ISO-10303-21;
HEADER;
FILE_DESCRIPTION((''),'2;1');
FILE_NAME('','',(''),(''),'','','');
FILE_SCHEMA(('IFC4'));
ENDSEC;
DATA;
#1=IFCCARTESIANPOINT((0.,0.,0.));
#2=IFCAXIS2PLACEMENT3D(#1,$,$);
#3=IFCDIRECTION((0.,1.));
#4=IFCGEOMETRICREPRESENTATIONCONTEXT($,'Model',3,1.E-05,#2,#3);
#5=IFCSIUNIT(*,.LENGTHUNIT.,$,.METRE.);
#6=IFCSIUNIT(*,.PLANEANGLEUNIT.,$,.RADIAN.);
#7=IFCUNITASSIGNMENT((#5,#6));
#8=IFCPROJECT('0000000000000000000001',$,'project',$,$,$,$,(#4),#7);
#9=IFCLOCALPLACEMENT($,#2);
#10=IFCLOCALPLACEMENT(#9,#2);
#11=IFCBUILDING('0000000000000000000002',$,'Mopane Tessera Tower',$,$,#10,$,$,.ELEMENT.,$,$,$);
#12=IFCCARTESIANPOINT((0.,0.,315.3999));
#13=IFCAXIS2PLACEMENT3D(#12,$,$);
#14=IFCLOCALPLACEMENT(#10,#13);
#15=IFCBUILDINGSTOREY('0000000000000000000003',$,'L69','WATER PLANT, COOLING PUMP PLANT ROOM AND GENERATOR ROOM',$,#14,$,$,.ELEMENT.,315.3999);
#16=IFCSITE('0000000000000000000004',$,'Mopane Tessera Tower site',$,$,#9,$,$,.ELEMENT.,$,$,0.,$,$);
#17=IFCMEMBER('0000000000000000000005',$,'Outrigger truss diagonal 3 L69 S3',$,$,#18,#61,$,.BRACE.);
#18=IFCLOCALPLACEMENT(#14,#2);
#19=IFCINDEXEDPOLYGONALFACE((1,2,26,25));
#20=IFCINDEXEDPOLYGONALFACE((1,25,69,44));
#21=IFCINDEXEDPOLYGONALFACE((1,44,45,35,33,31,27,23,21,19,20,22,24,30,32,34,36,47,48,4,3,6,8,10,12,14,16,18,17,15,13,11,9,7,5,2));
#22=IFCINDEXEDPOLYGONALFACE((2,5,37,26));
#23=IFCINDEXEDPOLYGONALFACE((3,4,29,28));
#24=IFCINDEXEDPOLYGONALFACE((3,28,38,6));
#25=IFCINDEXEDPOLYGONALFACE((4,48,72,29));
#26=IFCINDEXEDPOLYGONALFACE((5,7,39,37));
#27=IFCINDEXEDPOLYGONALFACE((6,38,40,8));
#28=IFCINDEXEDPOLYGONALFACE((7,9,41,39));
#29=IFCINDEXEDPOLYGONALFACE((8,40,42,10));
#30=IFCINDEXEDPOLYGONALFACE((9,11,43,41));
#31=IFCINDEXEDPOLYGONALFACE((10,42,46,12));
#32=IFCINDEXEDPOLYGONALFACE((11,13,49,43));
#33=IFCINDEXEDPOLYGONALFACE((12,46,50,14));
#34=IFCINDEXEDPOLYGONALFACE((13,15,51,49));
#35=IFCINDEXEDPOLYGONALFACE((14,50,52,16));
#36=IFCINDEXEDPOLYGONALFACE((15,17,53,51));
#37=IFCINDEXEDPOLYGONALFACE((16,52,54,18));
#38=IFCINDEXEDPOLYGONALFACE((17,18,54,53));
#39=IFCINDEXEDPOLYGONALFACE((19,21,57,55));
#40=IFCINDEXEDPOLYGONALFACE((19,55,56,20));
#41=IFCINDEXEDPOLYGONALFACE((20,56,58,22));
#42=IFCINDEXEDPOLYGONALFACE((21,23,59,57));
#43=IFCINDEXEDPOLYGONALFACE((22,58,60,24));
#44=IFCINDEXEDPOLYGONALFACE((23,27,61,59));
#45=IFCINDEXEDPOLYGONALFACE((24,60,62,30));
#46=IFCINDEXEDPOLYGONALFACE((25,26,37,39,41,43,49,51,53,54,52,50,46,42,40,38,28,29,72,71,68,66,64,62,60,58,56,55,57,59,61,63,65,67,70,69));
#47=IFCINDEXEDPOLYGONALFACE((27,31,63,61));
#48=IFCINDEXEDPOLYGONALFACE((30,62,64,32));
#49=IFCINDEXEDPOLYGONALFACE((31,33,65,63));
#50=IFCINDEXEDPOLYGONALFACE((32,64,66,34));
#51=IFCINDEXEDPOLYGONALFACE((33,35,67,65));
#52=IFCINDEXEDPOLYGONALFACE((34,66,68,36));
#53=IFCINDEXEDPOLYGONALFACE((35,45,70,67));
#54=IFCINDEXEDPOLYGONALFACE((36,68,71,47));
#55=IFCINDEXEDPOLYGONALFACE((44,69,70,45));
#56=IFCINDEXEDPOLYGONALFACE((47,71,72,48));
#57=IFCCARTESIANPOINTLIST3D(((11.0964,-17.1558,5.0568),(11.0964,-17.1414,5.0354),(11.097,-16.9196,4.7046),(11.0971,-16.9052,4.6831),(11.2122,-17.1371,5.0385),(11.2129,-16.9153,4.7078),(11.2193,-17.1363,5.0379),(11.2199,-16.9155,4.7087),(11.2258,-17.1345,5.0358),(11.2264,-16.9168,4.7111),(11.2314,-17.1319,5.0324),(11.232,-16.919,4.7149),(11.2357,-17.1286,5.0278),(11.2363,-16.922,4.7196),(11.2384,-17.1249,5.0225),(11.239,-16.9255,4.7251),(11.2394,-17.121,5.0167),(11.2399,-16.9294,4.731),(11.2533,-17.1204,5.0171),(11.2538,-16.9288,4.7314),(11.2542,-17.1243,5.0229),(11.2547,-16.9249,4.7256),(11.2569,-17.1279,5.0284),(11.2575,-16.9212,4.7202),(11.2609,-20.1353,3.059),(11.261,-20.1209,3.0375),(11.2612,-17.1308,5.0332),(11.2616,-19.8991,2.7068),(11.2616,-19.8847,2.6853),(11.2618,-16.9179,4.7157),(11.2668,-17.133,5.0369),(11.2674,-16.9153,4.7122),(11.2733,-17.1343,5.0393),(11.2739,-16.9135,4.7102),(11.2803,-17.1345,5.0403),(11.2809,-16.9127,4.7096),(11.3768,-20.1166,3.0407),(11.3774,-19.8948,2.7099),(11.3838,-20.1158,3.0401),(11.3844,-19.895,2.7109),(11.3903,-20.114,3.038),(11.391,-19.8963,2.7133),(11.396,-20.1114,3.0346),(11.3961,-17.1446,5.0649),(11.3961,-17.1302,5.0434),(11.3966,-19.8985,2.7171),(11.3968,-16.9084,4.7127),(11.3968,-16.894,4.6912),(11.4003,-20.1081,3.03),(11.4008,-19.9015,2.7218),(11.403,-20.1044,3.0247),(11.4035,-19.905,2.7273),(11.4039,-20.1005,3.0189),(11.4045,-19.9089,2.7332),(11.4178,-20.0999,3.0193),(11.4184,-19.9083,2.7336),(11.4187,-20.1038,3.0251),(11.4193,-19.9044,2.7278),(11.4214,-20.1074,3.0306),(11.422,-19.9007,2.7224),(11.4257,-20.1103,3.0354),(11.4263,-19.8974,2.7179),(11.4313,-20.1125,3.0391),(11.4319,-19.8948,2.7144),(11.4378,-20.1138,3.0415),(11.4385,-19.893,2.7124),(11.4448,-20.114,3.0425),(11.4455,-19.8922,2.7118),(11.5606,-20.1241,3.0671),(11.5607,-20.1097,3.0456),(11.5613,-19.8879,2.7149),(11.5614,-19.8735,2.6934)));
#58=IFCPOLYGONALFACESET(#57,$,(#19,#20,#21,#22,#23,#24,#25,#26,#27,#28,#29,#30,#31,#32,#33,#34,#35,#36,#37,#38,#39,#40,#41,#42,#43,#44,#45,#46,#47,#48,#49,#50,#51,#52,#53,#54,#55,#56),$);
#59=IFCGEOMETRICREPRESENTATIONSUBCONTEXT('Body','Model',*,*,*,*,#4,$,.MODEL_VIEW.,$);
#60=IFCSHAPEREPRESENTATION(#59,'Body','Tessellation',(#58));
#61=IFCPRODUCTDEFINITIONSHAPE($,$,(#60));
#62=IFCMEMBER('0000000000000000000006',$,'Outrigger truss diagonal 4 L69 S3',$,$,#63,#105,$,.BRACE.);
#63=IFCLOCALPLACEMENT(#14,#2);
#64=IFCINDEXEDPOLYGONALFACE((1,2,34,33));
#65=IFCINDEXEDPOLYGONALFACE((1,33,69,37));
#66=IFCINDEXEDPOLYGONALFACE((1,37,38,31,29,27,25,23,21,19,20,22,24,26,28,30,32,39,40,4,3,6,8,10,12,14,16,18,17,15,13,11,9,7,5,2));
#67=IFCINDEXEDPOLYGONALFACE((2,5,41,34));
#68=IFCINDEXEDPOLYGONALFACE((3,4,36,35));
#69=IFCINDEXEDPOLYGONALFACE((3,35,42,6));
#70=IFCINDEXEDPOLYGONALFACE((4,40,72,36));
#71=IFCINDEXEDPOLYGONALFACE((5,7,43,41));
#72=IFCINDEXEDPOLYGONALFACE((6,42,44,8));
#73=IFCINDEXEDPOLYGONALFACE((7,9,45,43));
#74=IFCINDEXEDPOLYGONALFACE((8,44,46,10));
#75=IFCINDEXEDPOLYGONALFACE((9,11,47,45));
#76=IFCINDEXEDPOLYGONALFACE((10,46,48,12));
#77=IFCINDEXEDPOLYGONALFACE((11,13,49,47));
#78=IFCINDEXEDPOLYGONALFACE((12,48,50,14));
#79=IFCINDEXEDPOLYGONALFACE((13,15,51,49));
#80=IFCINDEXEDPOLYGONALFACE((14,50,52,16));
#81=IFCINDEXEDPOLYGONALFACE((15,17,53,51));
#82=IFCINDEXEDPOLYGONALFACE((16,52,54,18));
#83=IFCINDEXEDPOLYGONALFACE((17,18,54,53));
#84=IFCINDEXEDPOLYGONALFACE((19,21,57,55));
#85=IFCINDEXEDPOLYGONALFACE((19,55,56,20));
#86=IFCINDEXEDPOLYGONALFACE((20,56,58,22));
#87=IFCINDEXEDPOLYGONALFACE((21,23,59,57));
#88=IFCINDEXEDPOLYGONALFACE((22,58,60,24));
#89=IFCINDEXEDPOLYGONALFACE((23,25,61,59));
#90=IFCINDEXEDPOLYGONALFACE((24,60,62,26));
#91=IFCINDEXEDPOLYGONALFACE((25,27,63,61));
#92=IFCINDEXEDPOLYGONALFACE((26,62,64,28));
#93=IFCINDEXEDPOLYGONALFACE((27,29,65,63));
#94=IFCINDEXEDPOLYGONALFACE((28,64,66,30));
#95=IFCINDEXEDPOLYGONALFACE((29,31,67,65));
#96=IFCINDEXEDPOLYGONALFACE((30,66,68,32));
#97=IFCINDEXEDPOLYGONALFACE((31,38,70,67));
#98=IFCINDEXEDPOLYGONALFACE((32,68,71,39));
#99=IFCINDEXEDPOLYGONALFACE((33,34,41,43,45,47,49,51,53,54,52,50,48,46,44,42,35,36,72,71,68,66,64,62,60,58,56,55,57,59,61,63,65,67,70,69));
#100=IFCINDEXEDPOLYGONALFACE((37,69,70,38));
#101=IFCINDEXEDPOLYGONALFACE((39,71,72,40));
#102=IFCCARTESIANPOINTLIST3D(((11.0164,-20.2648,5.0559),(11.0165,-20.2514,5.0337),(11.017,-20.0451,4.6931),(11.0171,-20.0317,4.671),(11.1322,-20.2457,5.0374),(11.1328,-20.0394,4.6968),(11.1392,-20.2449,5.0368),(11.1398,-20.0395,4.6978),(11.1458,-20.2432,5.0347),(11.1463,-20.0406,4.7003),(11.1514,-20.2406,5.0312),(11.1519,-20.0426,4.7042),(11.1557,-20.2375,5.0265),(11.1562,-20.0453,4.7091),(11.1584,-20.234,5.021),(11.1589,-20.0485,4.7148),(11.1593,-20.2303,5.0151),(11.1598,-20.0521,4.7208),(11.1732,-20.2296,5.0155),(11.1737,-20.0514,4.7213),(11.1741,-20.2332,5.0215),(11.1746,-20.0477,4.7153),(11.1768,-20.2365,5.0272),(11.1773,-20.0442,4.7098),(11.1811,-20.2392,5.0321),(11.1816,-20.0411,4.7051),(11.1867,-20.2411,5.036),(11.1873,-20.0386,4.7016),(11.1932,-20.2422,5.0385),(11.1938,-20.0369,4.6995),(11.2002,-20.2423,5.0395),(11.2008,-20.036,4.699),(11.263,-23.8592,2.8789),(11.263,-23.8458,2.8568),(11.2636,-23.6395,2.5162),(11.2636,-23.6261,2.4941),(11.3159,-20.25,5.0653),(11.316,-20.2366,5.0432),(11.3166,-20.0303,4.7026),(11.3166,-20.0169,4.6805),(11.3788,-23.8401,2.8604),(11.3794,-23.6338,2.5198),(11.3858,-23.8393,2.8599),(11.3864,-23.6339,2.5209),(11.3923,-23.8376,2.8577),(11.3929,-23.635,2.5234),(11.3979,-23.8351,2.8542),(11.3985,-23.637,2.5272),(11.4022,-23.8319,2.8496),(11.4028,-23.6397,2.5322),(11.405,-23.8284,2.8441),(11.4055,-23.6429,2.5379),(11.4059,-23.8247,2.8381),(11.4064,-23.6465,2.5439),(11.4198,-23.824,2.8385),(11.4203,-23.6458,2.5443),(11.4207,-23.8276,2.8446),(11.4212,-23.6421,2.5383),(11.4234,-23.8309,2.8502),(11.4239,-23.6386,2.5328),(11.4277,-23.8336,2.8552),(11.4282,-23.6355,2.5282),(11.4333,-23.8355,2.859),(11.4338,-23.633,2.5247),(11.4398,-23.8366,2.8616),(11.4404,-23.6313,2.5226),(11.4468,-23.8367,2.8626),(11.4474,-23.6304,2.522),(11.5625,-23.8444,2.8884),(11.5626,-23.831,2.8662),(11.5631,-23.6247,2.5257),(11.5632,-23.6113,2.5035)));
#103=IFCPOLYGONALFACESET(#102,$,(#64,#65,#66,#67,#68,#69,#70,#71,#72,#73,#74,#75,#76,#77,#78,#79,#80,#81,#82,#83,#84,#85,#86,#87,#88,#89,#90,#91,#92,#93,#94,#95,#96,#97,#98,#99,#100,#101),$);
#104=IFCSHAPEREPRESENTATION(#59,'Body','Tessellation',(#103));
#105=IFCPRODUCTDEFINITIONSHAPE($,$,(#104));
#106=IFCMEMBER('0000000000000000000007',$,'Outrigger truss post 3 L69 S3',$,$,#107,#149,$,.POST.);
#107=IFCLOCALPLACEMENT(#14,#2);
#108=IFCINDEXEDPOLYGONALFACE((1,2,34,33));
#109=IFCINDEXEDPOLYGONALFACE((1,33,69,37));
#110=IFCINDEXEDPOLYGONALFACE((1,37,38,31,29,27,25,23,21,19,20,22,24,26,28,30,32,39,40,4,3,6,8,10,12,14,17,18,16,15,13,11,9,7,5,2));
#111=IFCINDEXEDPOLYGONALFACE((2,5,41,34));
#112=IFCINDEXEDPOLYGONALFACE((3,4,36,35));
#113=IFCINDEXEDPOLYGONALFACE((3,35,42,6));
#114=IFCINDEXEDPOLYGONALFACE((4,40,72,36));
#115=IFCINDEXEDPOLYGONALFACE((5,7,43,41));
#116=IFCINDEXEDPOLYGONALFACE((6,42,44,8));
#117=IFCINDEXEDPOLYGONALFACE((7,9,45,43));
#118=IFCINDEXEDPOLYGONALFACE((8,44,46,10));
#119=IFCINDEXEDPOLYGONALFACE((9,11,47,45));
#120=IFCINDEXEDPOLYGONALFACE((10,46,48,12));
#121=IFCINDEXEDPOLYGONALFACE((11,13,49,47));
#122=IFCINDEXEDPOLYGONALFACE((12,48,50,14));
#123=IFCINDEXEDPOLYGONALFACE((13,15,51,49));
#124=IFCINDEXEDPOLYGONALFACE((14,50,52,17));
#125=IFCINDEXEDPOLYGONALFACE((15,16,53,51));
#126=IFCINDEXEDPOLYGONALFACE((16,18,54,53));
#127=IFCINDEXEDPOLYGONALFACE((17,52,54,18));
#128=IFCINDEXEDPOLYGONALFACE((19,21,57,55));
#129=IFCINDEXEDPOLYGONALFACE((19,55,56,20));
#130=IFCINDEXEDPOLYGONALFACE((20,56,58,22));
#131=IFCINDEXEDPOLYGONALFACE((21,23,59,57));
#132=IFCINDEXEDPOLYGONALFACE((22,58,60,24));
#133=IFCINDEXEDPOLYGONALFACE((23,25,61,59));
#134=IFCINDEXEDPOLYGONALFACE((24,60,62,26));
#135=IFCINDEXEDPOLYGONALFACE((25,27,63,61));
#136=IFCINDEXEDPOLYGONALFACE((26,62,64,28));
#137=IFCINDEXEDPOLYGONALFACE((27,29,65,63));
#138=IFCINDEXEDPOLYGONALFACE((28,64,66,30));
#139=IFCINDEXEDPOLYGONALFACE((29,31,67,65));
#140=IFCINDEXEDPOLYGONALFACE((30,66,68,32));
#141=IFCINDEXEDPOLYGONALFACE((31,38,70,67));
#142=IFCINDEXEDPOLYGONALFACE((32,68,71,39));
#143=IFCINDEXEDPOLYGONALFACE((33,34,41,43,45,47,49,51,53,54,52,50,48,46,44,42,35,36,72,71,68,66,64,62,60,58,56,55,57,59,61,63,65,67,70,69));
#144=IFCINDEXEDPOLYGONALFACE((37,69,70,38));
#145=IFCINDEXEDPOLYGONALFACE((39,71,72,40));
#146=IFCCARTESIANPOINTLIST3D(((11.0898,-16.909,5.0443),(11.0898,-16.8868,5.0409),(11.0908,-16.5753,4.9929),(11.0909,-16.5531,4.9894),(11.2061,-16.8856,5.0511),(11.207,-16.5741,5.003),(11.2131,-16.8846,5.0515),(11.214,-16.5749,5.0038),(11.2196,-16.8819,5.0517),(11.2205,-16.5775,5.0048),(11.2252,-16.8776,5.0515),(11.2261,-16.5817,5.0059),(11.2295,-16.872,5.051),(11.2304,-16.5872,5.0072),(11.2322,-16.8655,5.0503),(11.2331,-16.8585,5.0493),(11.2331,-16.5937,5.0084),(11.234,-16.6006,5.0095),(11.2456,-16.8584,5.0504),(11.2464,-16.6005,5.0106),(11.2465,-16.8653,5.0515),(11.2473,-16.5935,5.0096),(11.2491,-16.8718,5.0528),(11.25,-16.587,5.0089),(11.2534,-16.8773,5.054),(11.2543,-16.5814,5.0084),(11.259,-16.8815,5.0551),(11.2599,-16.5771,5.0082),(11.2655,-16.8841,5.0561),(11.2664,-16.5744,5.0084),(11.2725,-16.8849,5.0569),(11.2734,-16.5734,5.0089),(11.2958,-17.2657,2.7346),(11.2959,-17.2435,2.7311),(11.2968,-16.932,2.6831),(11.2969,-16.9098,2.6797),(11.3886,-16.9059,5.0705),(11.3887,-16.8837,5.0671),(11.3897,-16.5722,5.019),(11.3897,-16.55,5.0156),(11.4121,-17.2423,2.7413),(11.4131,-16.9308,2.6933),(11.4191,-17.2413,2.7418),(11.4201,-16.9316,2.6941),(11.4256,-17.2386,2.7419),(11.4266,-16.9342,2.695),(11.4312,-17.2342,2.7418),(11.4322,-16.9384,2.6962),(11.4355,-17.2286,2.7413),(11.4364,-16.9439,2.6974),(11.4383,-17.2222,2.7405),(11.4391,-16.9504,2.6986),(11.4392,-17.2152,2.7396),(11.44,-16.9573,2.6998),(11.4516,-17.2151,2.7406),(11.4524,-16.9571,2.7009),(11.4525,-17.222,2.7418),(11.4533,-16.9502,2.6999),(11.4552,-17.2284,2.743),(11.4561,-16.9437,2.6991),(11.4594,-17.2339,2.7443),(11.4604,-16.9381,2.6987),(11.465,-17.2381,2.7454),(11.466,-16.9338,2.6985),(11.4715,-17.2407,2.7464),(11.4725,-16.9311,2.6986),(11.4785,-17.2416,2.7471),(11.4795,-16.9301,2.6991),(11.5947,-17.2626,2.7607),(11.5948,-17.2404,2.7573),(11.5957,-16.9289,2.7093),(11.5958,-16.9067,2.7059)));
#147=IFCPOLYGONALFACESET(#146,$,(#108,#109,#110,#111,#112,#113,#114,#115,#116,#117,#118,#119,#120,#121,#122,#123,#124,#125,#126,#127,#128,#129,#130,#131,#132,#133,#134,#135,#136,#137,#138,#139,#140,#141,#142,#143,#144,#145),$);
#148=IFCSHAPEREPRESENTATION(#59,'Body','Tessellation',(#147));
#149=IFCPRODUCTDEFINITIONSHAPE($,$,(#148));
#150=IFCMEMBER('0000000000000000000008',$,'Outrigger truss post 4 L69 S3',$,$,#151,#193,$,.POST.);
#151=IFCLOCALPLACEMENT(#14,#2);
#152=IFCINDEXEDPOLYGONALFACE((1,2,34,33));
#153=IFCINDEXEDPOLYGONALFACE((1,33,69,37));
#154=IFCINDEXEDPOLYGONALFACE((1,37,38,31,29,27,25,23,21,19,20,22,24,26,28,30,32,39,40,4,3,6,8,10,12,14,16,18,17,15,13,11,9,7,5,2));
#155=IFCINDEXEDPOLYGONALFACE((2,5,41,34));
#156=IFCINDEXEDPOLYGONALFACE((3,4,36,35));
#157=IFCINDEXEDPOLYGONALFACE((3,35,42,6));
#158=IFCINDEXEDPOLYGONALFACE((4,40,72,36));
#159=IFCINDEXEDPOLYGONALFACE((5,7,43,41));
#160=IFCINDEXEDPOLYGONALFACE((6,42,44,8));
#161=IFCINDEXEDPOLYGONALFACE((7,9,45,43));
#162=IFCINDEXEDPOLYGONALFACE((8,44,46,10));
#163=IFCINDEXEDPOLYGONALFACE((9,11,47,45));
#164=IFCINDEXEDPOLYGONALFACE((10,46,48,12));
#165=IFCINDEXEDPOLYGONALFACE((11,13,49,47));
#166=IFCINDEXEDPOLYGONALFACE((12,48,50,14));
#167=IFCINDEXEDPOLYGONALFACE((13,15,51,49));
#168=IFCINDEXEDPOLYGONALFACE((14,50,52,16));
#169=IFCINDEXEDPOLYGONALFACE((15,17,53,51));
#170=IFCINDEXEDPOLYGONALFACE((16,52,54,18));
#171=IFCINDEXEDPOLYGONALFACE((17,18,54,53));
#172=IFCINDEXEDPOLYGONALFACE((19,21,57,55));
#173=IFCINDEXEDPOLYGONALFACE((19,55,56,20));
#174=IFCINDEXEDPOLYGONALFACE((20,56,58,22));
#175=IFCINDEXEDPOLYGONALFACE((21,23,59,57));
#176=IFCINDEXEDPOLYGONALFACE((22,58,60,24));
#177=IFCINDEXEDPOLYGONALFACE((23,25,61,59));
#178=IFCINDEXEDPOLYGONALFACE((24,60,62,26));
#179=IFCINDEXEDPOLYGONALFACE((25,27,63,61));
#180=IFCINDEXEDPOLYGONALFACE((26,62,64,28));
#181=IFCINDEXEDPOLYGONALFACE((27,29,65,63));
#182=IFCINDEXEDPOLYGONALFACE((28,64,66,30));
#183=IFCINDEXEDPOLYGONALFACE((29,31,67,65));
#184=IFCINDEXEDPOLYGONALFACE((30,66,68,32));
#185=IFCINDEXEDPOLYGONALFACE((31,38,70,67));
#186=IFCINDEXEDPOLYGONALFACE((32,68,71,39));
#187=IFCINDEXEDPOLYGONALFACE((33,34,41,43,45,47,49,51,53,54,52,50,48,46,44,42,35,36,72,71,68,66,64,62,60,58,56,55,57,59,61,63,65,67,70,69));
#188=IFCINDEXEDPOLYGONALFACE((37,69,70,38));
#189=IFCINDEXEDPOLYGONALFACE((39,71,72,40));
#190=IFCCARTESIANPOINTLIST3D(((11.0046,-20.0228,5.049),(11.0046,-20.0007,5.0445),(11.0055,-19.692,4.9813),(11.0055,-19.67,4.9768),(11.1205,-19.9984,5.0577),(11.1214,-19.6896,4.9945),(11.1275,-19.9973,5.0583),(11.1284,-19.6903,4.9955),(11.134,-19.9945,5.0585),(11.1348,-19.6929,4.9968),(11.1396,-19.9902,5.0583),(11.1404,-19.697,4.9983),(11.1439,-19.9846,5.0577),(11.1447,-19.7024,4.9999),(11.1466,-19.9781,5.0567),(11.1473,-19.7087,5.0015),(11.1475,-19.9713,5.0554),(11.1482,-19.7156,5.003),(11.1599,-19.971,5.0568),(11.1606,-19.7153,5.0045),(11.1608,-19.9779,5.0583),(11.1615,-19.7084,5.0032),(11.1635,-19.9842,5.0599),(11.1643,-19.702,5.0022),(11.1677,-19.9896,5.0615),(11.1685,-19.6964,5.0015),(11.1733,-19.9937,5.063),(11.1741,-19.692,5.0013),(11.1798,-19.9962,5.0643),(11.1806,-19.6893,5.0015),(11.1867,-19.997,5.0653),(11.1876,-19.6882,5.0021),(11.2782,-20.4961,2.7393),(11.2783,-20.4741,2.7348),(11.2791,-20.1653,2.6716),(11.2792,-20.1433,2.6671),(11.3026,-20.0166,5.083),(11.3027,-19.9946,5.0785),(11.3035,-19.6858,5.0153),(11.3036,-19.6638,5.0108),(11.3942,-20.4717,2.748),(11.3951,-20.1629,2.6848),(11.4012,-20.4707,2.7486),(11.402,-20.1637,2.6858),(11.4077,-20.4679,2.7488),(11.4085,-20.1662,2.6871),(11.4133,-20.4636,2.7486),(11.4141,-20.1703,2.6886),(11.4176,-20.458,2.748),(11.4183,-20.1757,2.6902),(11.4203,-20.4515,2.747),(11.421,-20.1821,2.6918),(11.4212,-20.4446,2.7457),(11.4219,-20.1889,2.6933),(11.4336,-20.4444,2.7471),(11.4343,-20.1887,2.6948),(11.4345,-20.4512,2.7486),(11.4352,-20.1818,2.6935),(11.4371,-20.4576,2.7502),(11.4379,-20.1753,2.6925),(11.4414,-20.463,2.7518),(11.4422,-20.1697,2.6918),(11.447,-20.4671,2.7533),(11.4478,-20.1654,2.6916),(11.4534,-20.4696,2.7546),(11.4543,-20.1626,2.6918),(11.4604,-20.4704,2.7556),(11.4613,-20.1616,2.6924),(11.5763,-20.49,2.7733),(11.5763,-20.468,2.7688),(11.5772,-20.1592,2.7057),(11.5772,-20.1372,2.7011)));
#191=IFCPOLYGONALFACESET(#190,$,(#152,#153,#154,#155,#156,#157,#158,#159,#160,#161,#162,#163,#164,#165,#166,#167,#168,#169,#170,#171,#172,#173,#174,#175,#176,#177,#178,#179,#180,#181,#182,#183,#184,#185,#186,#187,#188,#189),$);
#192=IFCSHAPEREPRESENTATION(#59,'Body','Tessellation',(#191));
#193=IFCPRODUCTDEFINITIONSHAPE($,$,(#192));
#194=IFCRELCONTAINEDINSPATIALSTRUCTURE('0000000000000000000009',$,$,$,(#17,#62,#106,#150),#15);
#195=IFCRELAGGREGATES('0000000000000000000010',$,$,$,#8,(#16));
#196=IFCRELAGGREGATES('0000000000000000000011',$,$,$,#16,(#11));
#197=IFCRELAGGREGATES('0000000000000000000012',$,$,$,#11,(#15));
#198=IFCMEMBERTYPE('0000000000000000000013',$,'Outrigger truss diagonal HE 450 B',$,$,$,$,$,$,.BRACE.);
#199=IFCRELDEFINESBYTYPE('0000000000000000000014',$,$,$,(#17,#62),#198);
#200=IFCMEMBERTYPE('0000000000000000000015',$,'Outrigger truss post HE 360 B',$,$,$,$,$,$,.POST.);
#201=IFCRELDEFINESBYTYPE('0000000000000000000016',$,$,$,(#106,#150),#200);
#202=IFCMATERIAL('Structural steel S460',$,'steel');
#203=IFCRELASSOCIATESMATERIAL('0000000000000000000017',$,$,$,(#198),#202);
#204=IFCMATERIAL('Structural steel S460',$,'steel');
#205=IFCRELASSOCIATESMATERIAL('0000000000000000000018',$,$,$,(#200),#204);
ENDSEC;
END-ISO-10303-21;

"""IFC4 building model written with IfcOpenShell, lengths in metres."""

from ifc_helpers import new_model, si_unit, direction, frame, origin, origin_2d, place, context, subcontext, project, spatial, i_section, extrude, material, material_profile, profile_set, type_object, element, save


model = new_model("IFC4")

# Units and contexts
model_context = context("Model", 3, precision=1e-05, world=origin(), true_north=direction((0.0, 1.0)))
body_context = subcontext(model_context, "Body", "Model", "MODEL_VIEW")
ifc_project = project(units=[si_unit("LENGTHUNIT", "METRE"), si_unit("PLANEANGLEUNIT", "RADIAN")], contexts=[model_context])

# Site, building, storey
site_placement = place(None, origin())
site = spatial("IfcSite", under=ifc_project, at=site_placement, Name="Mopane Tessera Tower site", CompositionType="ELEMENT", RefElevation=0.0)
building_placement = place(site_placement, origin())
building = spatial("IfcBuilding", under=site, at=building_placement, Name="Mopane Tessera Tower", CompositionType="ELEMENT")
storey_placement = place(building_placement, frame((0.0, 0.0, 315.3999)))
storey = spatial("IfcBuildingStorey", under=building, at=storey_placement, Name="L69", Description="WATER PLANT, COOLING PUMP PLANT ROOM AND GENERATOR ROOM", CompositionType="ELEMENT", Elevation=315.3999)

# Members
ifc_material_1 = material(Name="Structural steel S460", Category="steel")
ifc_material_profile_1 = material_profile(ifc_material_1, i_section(OverallWidth=0.3, OverallDepth=0.45, WebThickness=0.0139, FlangeThickness=0.0259, FilletRadius=0.0271, at=origin_2d()))
ifc_profile_set_1 = profile_set([ifc_material_profile_1], Name="Structural steel S460")
member_type_1 = type_object("IfcMemberType", Name="Outrigger truss diagonal HE 450 B", PredefinedType="BRACE", material=ifc_profile_set_1)
member_1_placement = place(storey_placement, frame((11.2466, -17.0249, 4.874), z_axis=(0.045822, -0.829699, -0.556328), x_axis=(0.998948, 0.037175, 0.026837)))
element("IfcMember", 1, at=member_1_placement, inside=storey, type_object=member_type_1, Name="Outrigger truss diagonal 3 L69 S3", PredefinedType="BRACE", context=body_context, shape_type="SweptSolid", body=[
    extrude(i_section(OverallWidth=0.3, OverallDepth=0.45, WebThickness=0.0139, FlangeThickness=0.0259, FilletRadius=0.0271, at=origin_2d()), origin(), (0.0, 0.0, 1.0), 3.5911),
])
member_2_placement = place(storey_placement, frame((11.1665, -20.1409, 4.8682), z_axis=(0.058577, -0.853884, -0.517156), x_axis=(0.998282, 0.049362, 0.03157)))
element("IfcMember", 2, at=member_2_placement, inside=storey, type_object=member_type_1, Name="Outrigger truss diagonal 4 L69 S3", PredefinedType="BRACE", context=body_context, shape_type="SweptSolid", body=[
    extrude(i_section(OverallWidth=0.3, OverallDepth=0.45, WebThickness=0.0139, FlangeThickness=0.0259, FilletRadius=0.0271, at=origin_2d()), origin(), (0.0, 0.0, 1.0), 4.2095),
])
ifc_material_2 = material(Name="Structural steel S460", Category="steel")
ifc_material_profile_2 = material_profile(ifc_material_2, i_section(OverallWidth=0.3, OverallDepth=0.3601, WebThickness=0.0125, FlangeThickness=0.0225, FilletRadius=0.0271, at=origin_2d()))
ifc_profile_set_2 = profile_set([ifc_material_profile_2], Name="Structural steel S460")
member_type_2 = type_object("IfcMemberType", Name="Outrigger truss post HE 360 B", PredefinedType="POST", material=ifc_profile_set_2)
member_3_placement = place(storey_placement, frame((11.4458, -17.0862, 2.7202), z_axis=(-0.087823, 0.152025, 0.984467), x_axis=(0.996131, 0.010354, 0.087264)))
element("IfcMember", 3, at=member_3_placement, inside=storey, type_object=member_type_2, Name="Outrigger truss post 3 L69 S3", PredefinedType="POST", context=body_context, shape_type="SweptSolid", body=[
    extrude(i_section(OverallWidth=0.3, OverallDepth=0.3601, WebThickness=0.0125, FlangeThickness=0.0225, FilletRadius=0.0271, at=origin_2d()), origin(), (0.0, 0.0, 1.0), 2.3462),
])
member_4_placement = place(storey_placement, frame((11.4277, -20.3167, 2.7202), z_axis=(-0.1153, 0.199434, 0.973104), x_axis=(0.993327, 0.020458, 0.113503)))
element("IfcMember", 4, at=member_4_placement, inside=storey, type_object=member_type_2, Name="Outrigger truss post 4 L69 S3", PredefinedType="POST", context=body_context, shape_type="SweptSolid", body=[
    extrude(i_section(OverallWidth=0.3, OverallDepth=0.3601, WebThickness=0.0125, FlangeThickness=0.0225, FilletRadius=0.0271, at=origin_2d()), origin(), (0.0, 0.0, 1.0), 2.3735),
])

save(model, "model.ifc")
